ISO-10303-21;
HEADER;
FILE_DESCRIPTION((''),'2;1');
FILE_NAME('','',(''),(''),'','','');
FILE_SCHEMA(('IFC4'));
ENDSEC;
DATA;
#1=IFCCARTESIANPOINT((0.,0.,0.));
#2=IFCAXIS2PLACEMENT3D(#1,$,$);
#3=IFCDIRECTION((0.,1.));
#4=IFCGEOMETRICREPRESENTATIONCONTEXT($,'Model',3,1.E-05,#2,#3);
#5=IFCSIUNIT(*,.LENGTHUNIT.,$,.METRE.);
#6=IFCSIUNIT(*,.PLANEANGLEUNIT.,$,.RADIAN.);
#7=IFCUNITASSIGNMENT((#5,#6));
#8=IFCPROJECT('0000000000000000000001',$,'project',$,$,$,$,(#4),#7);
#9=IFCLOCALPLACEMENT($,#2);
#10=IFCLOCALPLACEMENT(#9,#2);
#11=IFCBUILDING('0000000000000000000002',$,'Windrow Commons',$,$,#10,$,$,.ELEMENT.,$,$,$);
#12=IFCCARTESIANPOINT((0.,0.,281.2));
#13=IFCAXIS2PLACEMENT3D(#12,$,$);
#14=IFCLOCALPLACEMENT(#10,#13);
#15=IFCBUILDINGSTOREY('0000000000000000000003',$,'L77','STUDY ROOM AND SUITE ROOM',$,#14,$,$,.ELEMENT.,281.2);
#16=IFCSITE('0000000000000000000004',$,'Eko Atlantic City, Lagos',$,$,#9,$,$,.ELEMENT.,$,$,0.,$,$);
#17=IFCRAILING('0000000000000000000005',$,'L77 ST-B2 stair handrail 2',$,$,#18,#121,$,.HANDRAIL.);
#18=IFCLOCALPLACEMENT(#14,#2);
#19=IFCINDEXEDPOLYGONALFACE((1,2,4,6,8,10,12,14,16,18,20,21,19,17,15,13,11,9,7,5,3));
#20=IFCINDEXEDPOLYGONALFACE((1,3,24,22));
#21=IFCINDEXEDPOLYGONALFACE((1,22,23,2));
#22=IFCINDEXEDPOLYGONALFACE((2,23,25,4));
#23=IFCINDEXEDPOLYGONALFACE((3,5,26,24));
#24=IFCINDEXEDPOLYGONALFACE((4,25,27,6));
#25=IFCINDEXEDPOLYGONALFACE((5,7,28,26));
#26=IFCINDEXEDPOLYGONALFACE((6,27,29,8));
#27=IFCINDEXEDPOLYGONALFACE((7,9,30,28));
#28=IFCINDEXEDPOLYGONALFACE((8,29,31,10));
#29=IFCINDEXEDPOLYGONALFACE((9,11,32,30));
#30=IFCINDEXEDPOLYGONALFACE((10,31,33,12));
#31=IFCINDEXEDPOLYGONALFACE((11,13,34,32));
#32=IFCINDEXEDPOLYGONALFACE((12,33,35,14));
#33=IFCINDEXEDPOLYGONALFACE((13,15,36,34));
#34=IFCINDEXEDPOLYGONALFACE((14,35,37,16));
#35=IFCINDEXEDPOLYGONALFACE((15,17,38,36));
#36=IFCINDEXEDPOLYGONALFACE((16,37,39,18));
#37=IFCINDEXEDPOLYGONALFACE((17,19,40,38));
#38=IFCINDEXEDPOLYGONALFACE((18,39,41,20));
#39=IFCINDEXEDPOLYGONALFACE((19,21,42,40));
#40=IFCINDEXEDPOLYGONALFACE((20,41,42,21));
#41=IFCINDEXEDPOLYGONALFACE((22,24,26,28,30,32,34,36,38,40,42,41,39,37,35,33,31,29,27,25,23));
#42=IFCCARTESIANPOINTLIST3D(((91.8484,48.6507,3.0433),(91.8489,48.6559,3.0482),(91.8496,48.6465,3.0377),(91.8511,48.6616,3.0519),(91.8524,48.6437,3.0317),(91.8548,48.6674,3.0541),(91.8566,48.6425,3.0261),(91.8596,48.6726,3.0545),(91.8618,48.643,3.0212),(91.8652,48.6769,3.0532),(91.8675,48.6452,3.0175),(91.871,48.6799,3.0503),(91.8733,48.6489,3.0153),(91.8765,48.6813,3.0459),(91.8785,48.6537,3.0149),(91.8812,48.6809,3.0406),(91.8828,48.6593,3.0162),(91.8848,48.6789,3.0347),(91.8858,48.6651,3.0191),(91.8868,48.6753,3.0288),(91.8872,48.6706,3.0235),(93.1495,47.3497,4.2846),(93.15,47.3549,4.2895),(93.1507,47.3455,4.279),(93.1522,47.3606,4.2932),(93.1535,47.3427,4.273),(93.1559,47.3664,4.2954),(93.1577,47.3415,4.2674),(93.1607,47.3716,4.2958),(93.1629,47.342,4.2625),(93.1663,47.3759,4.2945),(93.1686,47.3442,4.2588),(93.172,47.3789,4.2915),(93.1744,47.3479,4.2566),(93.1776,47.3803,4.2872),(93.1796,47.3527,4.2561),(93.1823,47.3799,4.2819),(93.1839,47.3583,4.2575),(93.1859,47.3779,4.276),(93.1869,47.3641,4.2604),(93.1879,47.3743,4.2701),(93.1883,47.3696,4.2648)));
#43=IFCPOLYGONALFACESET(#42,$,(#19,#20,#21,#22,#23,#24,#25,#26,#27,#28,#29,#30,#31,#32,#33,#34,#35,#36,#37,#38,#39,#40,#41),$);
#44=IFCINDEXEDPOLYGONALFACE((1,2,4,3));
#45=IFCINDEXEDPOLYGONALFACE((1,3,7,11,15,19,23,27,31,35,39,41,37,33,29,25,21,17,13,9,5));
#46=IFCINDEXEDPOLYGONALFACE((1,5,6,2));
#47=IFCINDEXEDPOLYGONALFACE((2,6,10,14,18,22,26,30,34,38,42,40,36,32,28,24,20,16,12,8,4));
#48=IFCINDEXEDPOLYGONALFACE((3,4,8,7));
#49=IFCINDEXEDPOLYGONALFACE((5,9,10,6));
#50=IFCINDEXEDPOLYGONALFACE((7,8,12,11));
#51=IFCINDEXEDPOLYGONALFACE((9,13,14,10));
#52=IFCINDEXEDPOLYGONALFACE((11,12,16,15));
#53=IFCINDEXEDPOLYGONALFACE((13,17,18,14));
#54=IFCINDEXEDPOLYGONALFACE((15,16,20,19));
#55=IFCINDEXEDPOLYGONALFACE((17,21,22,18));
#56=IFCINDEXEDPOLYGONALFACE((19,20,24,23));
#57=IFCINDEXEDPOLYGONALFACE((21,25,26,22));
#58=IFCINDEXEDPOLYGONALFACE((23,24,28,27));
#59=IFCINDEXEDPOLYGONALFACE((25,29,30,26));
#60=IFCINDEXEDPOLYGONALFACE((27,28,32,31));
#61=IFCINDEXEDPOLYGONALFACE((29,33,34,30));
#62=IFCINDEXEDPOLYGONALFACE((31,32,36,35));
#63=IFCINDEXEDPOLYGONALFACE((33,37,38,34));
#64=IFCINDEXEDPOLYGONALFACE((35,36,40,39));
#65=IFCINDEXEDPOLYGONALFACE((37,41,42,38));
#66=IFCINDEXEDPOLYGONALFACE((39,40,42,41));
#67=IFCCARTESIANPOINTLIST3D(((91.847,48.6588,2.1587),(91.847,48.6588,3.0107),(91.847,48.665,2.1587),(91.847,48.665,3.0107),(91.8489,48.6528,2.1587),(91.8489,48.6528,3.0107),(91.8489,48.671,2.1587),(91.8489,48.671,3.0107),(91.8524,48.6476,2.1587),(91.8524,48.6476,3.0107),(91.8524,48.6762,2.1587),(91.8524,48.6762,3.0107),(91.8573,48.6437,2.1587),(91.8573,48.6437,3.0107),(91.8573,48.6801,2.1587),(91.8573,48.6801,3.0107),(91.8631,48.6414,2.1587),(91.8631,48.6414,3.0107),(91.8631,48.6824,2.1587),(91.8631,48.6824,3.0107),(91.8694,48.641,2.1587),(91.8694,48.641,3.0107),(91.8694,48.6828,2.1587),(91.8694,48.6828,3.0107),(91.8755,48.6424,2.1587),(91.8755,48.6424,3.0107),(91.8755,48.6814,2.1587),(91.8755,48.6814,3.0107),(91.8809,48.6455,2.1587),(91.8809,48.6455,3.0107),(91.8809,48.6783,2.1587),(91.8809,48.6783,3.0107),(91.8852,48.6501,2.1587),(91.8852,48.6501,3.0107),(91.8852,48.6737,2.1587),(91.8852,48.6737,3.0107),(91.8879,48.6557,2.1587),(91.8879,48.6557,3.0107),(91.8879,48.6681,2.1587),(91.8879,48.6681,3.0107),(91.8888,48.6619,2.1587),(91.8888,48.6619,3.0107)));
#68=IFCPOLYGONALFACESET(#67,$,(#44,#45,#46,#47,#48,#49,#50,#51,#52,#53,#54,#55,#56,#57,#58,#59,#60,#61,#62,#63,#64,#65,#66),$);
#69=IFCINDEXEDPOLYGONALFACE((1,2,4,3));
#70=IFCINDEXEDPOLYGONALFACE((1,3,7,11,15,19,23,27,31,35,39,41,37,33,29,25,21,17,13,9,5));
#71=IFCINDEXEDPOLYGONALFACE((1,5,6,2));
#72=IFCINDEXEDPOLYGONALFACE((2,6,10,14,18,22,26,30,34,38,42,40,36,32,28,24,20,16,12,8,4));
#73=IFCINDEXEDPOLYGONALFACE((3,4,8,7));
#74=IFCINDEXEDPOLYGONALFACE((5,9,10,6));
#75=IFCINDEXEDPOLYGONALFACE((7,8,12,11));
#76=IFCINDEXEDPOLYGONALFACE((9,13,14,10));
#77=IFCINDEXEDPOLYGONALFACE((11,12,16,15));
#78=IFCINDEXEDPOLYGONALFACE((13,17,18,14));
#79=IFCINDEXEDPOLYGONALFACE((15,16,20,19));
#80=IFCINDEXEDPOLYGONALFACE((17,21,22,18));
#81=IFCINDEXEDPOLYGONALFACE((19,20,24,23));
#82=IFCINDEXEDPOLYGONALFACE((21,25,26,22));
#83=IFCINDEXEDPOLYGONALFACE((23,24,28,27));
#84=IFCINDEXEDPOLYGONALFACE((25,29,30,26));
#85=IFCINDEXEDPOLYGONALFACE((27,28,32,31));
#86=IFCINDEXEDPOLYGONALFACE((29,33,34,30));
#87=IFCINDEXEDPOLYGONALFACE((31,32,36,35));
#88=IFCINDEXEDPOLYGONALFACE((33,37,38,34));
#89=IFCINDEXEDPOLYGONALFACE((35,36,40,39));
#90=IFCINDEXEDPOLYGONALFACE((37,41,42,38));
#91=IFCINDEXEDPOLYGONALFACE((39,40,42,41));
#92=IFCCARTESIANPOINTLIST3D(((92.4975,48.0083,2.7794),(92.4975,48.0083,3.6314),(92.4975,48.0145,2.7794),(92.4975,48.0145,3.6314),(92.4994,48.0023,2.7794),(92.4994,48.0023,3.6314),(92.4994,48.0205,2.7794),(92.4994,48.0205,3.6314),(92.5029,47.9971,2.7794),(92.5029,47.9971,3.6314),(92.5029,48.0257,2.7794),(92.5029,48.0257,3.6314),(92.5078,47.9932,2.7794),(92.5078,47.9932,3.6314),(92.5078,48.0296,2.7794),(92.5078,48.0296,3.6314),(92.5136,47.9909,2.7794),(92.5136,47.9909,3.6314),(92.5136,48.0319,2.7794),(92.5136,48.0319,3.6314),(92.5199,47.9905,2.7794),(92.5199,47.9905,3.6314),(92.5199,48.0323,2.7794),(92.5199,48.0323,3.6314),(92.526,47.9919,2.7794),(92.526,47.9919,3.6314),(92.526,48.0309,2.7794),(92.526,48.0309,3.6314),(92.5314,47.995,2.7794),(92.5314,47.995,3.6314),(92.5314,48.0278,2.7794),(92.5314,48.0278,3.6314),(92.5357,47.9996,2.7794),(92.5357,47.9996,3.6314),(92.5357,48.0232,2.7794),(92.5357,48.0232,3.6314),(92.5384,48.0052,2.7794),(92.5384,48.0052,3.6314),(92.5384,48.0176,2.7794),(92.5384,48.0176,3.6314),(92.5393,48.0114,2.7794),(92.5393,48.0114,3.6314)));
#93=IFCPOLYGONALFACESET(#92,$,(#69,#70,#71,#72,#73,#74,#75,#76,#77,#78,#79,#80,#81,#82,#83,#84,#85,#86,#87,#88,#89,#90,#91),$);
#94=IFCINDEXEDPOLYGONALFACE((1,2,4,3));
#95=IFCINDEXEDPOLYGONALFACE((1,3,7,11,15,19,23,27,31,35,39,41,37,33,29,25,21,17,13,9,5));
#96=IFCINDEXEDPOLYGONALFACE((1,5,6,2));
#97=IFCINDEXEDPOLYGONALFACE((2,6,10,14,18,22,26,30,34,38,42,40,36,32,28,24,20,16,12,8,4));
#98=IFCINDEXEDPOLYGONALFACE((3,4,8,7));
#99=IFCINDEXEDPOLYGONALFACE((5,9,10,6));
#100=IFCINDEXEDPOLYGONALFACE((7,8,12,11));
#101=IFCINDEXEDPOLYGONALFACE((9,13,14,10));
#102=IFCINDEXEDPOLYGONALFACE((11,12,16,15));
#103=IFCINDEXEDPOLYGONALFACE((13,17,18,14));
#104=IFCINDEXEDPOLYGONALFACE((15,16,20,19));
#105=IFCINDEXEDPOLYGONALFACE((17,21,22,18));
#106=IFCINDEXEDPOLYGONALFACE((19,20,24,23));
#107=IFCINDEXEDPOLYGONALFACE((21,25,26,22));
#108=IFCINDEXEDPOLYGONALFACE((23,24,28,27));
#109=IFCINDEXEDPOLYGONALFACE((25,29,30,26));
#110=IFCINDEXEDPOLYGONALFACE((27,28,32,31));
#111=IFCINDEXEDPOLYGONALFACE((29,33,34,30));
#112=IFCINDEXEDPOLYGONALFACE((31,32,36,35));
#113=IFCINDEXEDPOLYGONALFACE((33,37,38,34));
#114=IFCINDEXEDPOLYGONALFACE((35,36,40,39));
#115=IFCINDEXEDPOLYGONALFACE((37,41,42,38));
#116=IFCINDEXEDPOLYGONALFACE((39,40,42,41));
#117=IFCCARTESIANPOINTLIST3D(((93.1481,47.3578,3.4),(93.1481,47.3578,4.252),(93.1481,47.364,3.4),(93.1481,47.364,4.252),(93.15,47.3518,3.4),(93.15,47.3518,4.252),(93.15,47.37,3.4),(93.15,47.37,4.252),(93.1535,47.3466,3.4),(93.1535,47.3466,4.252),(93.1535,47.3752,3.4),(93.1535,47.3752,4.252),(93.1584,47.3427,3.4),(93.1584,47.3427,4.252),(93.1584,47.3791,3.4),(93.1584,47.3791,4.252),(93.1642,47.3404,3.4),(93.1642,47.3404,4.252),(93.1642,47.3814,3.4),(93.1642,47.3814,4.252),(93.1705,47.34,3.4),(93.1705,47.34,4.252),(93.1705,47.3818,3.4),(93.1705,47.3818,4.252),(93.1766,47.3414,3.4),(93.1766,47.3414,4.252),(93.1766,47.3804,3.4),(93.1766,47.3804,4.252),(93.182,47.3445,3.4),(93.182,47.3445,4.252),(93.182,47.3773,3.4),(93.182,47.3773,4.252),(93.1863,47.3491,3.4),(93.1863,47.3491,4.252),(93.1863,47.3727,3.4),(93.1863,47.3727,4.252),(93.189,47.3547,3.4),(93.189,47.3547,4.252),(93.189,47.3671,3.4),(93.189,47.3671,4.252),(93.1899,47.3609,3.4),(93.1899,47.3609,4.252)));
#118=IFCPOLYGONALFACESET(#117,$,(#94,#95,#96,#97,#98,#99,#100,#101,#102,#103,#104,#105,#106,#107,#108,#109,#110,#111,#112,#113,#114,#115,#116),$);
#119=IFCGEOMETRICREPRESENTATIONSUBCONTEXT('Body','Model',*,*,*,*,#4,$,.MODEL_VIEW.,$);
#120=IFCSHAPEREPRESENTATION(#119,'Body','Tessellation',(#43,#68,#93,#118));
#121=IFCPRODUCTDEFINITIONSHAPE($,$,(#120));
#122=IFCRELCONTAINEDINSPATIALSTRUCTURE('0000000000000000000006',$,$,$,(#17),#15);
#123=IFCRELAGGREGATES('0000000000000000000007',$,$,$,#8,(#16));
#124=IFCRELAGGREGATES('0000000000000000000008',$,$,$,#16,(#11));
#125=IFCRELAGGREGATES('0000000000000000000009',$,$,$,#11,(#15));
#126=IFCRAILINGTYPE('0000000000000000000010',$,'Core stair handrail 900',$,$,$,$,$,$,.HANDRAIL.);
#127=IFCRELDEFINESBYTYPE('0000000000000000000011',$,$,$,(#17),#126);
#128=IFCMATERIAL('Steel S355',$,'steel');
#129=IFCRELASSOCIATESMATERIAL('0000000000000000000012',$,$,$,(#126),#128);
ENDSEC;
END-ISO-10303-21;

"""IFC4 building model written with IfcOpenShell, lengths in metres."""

from ifc_helpers import new_model, si_unit, direction, frame, origin, origin_2d, place, context, subcontext, project, spatial, circle, extrude, material, type_object, element, save


model = new_model("IFC4")

# Units and contexts
model_context = context("Model", 3, precision=1e-05, world=origin(), true_north=direction((0.0, 1.0)))
body_context = subcontext(model_context, "Body", "Model", "MODEL_VIEW")
ifc_project = project(units=[si_unit("LENGTHUNIT", "METRE"), si_unit("PLANEANGLEUNIT", "RADIAN")], contexts=[model_context])

# Site, building, storey
site_placement = place(None, origin())
site = spatial("IfcSite", under=ifc_project, at=site_placement, Name="Eko Atlantic City, Lagos", CompositionType="ELEMENT", RefElevation=0.0)
building_placement = place(site_placement, origin())
building = spatial("IfcBuilding", under=site, at=building_placement, Name="Windrow Commons", CompositionType="ELEMENT")
storey_placement = place(building_placement, frame((0.0, 0.0, 281.2)))
storey = spatial("IfcBuildingStorey", under=building, at=storey_placement, Name="L77", Description="STUDY ROOM AND SUITE ROOM", CompositionType="ELEMENT", Elevation=281.2)

# Railing
ifc_material_1 = material(Name="Steel S355", Category="steel")
railing_type_1 = type_object("IfcRailingType", Name="Core stair handrail 900", PredefinedType="HANDRAIL", material=ifc_material_1)
railing_1_placement = place(storey_placement, frame((91.8678, 48.6619, 2.1587)))
element("IfcRailing", 1, at=railing_1_placement, inside=storey, type_object=railing_type_1, Name="L77 ST-B2 stair handrail 2", PredefinedType="HANDRAIL", context=body_context, shape_type="SweptSolid", body=[
    extrude(circle(Radius=0.024, at=origin_2d()), frame((0.0, 0.0, 0.876), z_axis=(0.586207, -0.586162, 0.559264), x_axis=(0.70708, 0.707134, 0.0)), (0.0, 0.0, 1.0), 2.2195),
    extrude(circle(Radius=0.021, at=origin_2d()), origin(), (0.0, 0.0, 1.0), 0.852),
    extrude(circle(Radius=0.021, at=origin_2d()), frame((0.6505, -0.6505, 0.6207)), (0.0, 0.0, 1.0), 0.852),
    extrude(circle(Radius=0.021, at=origin_2d()), frame((1.3011, -1.301, 1.2413)), (0.0, 0.0, 1.0), 0.852),
])

save(model, "model.ifc")
